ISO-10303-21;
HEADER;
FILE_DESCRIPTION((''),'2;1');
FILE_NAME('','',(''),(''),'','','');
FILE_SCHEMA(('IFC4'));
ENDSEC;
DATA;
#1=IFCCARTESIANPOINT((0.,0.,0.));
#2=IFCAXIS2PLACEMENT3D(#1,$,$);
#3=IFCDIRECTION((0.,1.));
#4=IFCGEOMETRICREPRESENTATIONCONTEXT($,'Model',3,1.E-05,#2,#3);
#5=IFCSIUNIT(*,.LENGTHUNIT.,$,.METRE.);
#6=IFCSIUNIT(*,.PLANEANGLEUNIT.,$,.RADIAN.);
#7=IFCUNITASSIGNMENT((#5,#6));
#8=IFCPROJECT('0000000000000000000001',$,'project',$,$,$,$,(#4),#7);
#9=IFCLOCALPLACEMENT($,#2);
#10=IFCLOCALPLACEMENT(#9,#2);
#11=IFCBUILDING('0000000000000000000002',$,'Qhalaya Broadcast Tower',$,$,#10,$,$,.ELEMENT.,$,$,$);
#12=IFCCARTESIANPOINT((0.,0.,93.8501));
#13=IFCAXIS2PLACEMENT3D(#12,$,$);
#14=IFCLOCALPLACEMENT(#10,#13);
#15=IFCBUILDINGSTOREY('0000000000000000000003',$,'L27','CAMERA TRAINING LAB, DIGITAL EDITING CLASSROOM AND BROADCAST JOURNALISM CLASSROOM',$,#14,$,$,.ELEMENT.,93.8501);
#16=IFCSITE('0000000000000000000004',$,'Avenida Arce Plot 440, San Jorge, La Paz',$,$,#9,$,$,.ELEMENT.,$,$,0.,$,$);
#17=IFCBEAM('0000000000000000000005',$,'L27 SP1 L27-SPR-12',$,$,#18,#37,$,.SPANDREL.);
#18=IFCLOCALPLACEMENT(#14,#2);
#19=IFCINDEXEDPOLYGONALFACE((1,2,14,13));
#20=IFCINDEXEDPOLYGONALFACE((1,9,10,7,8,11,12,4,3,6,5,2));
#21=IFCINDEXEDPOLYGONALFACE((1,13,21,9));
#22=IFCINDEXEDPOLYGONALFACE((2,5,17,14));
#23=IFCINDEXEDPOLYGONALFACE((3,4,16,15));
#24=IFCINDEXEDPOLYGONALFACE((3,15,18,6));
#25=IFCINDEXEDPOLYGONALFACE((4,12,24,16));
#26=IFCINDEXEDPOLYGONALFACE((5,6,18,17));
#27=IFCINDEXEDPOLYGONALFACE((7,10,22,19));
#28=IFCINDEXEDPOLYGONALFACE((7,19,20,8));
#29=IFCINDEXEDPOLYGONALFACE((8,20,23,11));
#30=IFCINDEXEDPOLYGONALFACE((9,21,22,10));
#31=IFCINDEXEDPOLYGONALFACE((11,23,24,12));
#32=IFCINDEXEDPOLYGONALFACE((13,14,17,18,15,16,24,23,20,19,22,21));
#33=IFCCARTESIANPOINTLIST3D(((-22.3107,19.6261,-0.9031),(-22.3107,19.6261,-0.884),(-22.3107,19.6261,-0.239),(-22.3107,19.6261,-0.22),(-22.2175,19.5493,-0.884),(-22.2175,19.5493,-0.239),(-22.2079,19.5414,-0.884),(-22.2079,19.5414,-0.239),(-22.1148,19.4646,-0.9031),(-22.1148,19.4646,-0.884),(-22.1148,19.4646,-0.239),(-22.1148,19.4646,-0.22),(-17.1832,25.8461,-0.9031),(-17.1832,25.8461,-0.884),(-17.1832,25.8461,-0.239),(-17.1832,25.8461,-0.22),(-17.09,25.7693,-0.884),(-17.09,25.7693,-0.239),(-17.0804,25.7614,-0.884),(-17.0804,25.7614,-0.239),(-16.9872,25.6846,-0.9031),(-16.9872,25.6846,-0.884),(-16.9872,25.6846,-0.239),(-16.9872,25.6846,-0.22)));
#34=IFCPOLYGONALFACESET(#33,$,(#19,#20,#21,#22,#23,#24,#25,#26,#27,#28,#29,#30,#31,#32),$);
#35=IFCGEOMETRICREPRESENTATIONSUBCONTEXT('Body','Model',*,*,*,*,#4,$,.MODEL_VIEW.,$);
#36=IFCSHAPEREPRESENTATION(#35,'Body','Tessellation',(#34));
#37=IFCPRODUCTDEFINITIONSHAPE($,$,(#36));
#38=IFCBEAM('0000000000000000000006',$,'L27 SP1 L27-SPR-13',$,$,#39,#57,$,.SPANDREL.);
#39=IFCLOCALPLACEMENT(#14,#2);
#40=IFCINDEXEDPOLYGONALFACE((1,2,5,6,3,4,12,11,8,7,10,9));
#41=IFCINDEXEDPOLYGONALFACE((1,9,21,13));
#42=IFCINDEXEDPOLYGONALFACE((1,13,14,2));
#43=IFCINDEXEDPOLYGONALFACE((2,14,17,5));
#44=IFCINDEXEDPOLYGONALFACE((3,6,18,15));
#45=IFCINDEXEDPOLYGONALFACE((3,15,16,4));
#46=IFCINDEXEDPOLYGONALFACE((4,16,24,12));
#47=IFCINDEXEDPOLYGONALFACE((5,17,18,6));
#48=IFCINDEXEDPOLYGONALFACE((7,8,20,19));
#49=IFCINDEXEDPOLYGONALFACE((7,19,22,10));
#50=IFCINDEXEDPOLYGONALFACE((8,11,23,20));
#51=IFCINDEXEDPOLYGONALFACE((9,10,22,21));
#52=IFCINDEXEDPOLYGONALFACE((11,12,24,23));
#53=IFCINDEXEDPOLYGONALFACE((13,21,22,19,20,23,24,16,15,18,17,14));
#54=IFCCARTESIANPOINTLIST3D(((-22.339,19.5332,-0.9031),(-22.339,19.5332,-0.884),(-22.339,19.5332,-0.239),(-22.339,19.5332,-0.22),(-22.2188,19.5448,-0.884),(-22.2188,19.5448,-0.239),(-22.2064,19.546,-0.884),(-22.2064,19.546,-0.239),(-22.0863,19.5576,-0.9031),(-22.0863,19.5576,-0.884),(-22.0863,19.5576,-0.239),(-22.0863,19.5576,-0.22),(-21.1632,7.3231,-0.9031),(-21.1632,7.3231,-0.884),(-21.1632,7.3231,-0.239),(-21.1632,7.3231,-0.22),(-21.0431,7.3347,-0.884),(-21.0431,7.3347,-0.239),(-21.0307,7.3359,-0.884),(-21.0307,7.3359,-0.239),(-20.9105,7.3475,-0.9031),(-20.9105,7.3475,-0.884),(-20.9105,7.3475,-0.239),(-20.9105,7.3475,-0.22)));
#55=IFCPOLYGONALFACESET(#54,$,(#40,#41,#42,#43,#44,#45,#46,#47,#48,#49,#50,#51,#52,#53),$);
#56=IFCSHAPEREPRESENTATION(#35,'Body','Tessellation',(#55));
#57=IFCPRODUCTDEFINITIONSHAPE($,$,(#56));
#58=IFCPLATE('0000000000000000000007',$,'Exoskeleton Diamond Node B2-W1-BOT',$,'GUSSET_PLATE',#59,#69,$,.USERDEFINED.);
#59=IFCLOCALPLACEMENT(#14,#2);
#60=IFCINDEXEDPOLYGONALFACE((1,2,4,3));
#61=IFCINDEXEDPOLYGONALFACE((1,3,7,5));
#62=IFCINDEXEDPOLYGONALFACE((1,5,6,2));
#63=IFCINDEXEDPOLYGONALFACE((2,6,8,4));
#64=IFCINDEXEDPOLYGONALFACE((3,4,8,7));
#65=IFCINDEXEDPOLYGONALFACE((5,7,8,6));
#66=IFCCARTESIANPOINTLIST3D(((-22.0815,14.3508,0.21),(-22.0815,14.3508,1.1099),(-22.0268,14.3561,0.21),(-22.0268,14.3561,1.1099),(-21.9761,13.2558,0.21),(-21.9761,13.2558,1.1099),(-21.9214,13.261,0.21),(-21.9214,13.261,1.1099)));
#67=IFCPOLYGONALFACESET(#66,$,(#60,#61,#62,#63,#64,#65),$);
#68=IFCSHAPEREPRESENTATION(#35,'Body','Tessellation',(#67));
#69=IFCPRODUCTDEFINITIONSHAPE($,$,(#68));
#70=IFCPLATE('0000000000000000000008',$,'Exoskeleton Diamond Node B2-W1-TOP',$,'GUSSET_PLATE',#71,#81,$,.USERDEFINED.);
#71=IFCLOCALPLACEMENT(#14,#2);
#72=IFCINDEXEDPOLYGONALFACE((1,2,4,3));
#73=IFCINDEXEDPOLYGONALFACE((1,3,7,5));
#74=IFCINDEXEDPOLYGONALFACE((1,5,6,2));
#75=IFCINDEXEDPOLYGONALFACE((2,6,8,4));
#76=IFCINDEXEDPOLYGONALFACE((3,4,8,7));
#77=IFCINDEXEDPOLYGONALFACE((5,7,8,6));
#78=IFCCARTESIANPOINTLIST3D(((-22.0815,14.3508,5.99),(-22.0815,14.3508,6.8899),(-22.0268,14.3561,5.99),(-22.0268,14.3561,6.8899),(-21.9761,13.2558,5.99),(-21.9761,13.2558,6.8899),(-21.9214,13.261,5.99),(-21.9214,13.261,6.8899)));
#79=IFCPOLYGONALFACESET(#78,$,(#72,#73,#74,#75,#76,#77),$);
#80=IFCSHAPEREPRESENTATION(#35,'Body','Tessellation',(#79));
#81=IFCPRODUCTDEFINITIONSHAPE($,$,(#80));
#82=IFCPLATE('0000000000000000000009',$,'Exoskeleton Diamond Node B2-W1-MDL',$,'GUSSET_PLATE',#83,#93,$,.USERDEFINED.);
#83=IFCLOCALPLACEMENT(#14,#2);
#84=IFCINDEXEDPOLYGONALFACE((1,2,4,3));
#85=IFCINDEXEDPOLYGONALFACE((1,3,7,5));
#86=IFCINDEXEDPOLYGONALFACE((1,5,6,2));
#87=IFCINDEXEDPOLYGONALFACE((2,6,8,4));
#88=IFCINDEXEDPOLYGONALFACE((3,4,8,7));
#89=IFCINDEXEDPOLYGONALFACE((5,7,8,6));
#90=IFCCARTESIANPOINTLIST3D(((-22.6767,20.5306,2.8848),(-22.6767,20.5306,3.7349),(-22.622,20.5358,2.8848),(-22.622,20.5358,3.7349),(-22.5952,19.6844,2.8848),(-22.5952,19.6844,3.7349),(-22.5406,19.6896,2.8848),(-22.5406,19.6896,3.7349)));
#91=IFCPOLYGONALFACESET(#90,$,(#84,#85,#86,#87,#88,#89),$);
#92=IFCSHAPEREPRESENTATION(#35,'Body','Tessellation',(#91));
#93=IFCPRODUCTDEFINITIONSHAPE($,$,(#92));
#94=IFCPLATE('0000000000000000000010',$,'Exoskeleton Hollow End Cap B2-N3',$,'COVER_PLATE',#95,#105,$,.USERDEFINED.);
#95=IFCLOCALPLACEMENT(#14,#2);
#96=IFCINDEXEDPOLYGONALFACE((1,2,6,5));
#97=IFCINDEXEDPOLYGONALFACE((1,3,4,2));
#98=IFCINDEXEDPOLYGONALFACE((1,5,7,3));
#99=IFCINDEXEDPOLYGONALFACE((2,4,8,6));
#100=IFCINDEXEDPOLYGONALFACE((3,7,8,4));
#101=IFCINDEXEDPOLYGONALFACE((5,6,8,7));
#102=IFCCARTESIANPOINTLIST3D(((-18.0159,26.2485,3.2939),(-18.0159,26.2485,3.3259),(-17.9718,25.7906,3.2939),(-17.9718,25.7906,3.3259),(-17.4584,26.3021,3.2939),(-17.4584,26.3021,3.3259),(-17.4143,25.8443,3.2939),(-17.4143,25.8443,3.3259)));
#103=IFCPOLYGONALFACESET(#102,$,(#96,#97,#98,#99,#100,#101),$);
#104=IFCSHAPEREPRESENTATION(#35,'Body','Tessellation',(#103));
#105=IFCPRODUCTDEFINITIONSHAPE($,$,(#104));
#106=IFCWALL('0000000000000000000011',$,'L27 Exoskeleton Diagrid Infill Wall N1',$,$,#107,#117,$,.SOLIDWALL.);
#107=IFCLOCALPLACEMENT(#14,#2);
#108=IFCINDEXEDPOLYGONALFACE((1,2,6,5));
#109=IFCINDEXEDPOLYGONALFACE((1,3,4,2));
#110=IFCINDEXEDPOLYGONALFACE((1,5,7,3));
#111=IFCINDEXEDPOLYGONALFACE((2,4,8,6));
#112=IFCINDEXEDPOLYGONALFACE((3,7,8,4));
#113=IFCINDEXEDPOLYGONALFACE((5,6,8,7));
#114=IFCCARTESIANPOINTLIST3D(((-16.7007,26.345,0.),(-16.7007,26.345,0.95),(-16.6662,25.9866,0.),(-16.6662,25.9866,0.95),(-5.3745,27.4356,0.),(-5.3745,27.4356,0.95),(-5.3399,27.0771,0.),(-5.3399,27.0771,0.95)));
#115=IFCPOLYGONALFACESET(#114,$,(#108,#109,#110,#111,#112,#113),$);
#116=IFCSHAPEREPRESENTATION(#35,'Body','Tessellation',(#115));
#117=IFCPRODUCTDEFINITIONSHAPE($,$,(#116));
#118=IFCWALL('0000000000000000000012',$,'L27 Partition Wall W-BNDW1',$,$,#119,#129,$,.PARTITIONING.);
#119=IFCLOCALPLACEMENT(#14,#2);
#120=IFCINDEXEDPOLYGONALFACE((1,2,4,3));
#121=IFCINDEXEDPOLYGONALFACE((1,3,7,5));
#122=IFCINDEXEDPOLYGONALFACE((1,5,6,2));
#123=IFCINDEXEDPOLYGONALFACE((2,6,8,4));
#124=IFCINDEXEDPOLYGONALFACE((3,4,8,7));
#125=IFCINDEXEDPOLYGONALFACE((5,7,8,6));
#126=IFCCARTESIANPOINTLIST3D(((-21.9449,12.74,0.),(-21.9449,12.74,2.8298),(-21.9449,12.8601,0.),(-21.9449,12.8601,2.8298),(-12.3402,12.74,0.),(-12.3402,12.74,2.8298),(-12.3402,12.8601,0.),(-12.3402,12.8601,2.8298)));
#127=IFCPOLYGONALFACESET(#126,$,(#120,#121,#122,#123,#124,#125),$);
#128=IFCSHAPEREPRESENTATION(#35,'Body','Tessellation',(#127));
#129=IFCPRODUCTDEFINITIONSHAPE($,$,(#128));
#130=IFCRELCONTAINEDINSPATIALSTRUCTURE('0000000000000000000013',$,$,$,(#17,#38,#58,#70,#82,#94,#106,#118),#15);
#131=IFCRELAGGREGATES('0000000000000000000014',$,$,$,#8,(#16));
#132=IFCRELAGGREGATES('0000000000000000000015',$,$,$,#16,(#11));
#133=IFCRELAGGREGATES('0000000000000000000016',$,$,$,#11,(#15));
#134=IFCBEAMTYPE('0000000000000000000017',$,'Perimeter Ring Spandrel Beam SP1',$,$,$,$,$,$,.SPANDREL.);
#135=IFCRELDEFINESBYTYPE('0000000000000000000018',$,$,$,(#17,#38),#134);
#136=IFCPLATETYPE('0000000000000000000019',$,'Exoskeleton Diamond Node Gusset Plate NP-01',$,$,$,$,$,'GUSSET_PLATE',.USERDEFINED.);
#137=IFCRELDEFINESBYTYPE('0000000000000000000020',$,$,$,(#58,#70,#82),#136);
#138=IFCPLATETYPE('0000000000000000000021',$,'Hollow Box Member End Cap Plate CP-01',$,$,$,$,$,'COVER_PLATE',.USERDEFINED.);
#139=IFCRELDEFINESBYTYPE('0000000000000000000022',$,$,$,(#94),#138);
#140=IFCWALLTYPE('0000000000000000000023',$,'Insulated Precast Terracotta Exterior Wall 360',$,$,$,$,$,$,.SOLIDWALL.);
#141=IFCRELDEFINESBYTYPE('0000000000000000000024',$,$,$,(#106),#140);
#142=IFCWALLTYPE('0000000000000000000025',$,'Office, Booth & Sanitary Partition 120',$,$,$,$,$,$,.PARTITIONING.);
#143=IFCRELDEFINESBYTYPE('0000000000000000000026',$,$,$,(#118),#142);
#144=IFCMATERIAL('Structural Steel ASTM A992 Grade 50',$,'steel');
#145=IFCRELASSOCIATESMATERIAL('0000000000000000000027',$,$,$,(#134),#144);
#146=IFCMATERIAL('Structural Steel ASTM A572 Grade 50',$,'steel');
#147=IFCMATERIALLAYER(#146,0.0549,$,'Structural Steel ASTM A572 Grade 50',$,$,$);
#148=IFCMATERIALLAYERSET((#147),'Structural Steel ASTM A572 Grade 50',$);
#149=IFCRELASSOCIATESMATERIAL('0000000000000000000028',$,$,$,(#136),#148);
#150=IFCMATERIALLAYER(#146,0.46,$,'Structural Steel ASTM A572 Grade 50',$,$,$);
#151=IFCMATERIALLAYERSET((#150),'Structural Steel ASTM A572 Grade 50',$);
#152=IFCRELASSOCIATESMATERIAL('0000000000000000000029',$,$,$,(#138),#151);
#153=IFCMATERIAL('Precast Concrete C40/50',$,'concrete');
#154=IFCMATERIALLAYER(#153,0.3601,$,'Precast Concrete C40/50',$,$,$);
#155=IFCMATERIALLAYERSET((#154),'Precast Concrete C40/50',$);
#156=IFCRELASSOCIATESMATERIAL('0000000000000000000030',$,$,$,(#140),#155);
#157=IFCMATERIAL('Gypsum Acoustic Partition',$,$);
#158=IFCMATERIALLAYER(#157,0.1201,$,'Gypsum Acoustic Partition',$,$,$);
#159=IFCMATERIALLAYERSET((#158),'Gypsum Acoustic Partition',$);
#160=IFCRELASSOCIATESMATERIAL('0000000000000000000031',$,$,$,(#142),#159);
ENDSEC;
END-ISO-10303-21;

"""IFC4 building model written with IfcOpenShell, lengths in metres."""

from ifc_helpers import new_model, si_unit, direction, frame, frame_2d, origin, origin_2d, place, context, subcontext, project, spatial, rectangle, i_section, extrude, material, layer, layer_set, material_profile, profile_set, type_object, element, save


model = new_model("IFC4")

# Units and contexts
model_context = context("Model", 3, precision=1e-05, world=origin(), true_north=direction((0.0, 1.0)))
body_context = subcontext(model_context, "Body", "Model", "MODEL_VIEW")
ifc_project = project(units=[si_unit("LENGTHUNIT", "METRE"), si_unit("PLANEANGLEUNIT", "RADIAN")], contexts=[model_context])

# Site, building, storey
site_placement = place(None, origin())
site = spatial("IfcSite", under=ifc_project, at=site_placement, Name="Avenida Arce Plot 440, San Jorge, La Paz", CompositionType="ELEMENT", RefElevation=0.0)
building_placement = place(site_placement, origin())
building = spatial("IfcBuilding", under=site, at=building_placement, Name="Qhalaya Broadcast Tower", CompositionType="ELEMENT")
storey_placement = place(building_placement, frame((0.0, 0.0, 93.8501)))
storey = spatial("IfcBuildingStorey", under=building, at=storey_placement, Name="L27", Description="CAMERA TRAINING LAB, DIGITAL EDITING CLASSROOM AND BROADCAST JOURNALISM CLASSROOM", CompositionType="ELEMENT", Elevation=93.8501)

# Shared definitions
ifc_material_1 = material(Name="Structural Steel ASTM A992 Grade 50", Category="steel")
ifc_material_2 = material(Name="Structural Steel ASTM A572 Grade 50", Category="steel")

# Beams
ifc_material_profile_1 = material_profile(ifc_material_1, i_section(OverallWidth=0.2539, OverallDepth=0.6831, WebThickness=0.0125, FlangeThickness=0.019, at=origin_2d()), Name="W27X94")
ifc_profile_set_1 = profile_set([ifc_material_profile_1], Name="Structural Steel ASTM A992 Grade 50")
beam_type_1 = type_object("IfcBeamType", Name="Perimeter Ring Spandrel Beam SP1", PredefinedType="SPANDREL", material=ifc_profile_set_1)
beam_1_placement = place(storey_placement, frame((-17.0852, 25.7654, -0.5615), z_axis=(-0.636085, -0.771619, 0.0), x_axis=(0.771619, -0.636085, 0.0)))
element("IfcBeam", 1, at=beam_1_placement, inside=storey, type_object=beam_type_1, Name="L27 SP1 L27-SPR-12", PredefinedType="SPANDREL", context=body_context, shape_type="SweptSolid", body=[
    extrude(i_section(OverallWidth=0.2539, OverallDepth=0.6831, WebThickness=0.0125, FlangeThickness=0.019, at=origin_2d()), origin(), (0.0, 0.0, 1.0), 8.061),
])
beam_2_placement = place(storey_placement, frame((-22.2126, 19.5454, -0.5615), z_axis=(0.095852, -0.995396, 0.0), x_axis=(0.995396, 0.095852, 0.0)))
element("IfcBeam", 2, at=beam_2_placement, inside=storey, type_object=beam_type_1, Name="L27 SP1 L27-SPR-13", PredefinedType="SPANDREL", context=body_context, shape_type="SweptSolid", body=[
    extrude(i_section(OverallWidth=0.2539, OverallDepth=0.6831, WebThickness=0.0125, FlangeThickness=0.019, at=origin_2d()), origin(), (0.0, 0.0, 1.0), 12.2666),
])

# Plates
ifc_layer_1 = layer(ifc_material_2, 0.0549, Name="Structural Steel ASTM A572 Grade 50")
ifc_layer_set_1 = layer_set([ifc_layer_1], Name="Structural Steel ASTM A572 Grade 50")
plate_type_1 = type_object("IfcPlateType", Name="Exoskeleton Diamond Node Gusset Plate NP-01", ElementType="GUSSET_PLATE", PredefinedType="USERDEFINED", material=ifc_layer_set_1)
for number, where, z_axis, x_axis, name in (
    (3, (-22.0015, 13.8059, 0.21), (0.0, 0.0, 1.0), (-0.095846, 0.995396, 0.0), "Exoskeleton Diamond Node B2-W1-BOT"),
    (4, (-22.0015, 13.8059, 5.99), (0.0, 0.0, 1.0), (-0.095846, 0.995396, 0.0), "Exoskeleton Diamond Node B2-W1-TOP"),
):
    element("IfcPlate", number, at=place(storey_placement, frame(where, z_axis=z_axis, x_axis=x_axis)), inside=storey, type_object=plate_type_1, Name=name, ObjectType="GUSSET_PLATE", PredefinedType="USERDEFINED", context=body_context, shape_type="SweptSolid", body=[
        extrude(rectangle(XDim=1.1001, YDim=0.0549, at=origin_2d()), origin(), (0.0, 0.0, 1.0), 0.8999),
    ])
plate_1_placement = place(storey_placement, frame((-22.6086, 20.1101, 2.8848), z_axis=(0.0, 0.0, 1.0), x_axis=(-0.095846, 0.995396, 0.0)))
element("IfcPlate", 5, at=plate_1_placement, inside=storey, type_object=plate_type_1, Name="Exoskeleton Diamond Node B2-W1-MDL", ObjectType="GUSSET_PLATE", PredefinedType="USERDEFINED", context=body_context, shape_type="SweptSolid", body=[
    extrude(rectangle(XDim=0.8501, YDim=0.0549, at=origin_2d()), origin(), (0.0, 0.0, 1.0), 0.8501),
])
ifc_layer_2 = layer(ifc_material_2, 0.46, Name="Structural Steel ASTM A572 Grade 50")
ifc_layer_set_2 = layer_set([ifc_layer_2], Name="Structural Steel ASTM A572 Grade 50")
plate_type_2 = type_object("IfcPlateType", Name="Hollow Box Member End Cap Plate CP-01", ElementType="COVER_PLATE", PredefinedType="USERDEFINED", material=ifc_layer_set_2)
plate_2_placement = place(storey_placement, frame((-17.7151, 26.0464, 3.2939), z_axis=(0.0, 0.0, 1.0), x_axis=(0.995396, 0.095846, 0.0)))
element("IfcPlate", 6, at=plate_2_placement, inside=storey, type_object=plate_type_2, Name="Exoskeleton Hollow End Cap B2-N3", ObjectType="COVER_PLATE", PredefinedType="USERDEFINED", context=body_context, shape_type="SweptSolid", body=[
    extrude(rectangle(XDim=0.5601, YDim=0.46, at=origin_2d()), origin(), (0.0, 0.0, 1.0), 0.032),
])

# Walls
ifc_material_3 = material(Name="Precast Concrete C40/50", Category="concrete")
ifc_layer_3 = layer(ifc_material_3, 0.3601, Name="Precast Concrete C40/50")
ifc_layer_set_3 = layer_set([ifc_layer_3], Name="Precast Concrete C40/50")
wall_type_1 = type_object("IfcWallType", Name="Insulated Precast Terracotta Exterior Wall 360", PredefinedType="SOLIDWALL", material=ifc_layer_set_3)
wall_1_placement = place(storey_placement, frame((-16.6836, 26.1658, 0.0), z_axis=(0.0, 0.0, 1.0), x_axis=(0.995396, 0.095845, 0.0)))
element("IfcWall", 7, at=wall_1_placement, inside=storey, type_object=wall_type_1, Name="L27 Exoskeleton Diagrid Infill Wall N1", PredefinedType="SOLIDWALL", context=body_context, shape_type="SweptSolid", body=[
    extrude(rectangle(XDim=11.3787, YDim=0.3601, at=frame_2d((5.6895, 0.0))), origin(), (0.0, 0.0, 1.0), 0.95),
])
ifc_material_4 = material(Name="Gypsum Acoustic Partition")
ifc_layer_4 = layer(ifc_material_4, 0.1201, Name="Gypsum Acoustic Partition")
ifc_layer_set_4 = layer_set([ifc_layer_4], Name="Gypsum Acoustic Partition")
wall_type_2 = type_object("IfcWallType", Name="Office, Booth & Sanitary Partition 120", PredefinedType="PARTITIONING", material=ifc_layer_set_4)
wall_2_placement = place(storey_placement, frame((-21.9448, 12.8, 0.0), z_axis=(0.0, 0.0, 1.0), x_axis=(1.0, 0.0, 0.0)))
element("IfcWall", 8, at=wall_2_placement, inside=storey, type_object=wall_type_2, Name="L27 Partition Wall W-BNDW1", PredefinedType="PARTITIONING", context=body_context, shape_type="SweptSolid", body=[
    extrude(rectangle(XDim=9.6047, YDim=0.1201, at=frame_2d((4.8022, 0.0))), origin(), (0.0, 0.0, 1.0), 2.8298),
])

save(model, "model.ifc")
